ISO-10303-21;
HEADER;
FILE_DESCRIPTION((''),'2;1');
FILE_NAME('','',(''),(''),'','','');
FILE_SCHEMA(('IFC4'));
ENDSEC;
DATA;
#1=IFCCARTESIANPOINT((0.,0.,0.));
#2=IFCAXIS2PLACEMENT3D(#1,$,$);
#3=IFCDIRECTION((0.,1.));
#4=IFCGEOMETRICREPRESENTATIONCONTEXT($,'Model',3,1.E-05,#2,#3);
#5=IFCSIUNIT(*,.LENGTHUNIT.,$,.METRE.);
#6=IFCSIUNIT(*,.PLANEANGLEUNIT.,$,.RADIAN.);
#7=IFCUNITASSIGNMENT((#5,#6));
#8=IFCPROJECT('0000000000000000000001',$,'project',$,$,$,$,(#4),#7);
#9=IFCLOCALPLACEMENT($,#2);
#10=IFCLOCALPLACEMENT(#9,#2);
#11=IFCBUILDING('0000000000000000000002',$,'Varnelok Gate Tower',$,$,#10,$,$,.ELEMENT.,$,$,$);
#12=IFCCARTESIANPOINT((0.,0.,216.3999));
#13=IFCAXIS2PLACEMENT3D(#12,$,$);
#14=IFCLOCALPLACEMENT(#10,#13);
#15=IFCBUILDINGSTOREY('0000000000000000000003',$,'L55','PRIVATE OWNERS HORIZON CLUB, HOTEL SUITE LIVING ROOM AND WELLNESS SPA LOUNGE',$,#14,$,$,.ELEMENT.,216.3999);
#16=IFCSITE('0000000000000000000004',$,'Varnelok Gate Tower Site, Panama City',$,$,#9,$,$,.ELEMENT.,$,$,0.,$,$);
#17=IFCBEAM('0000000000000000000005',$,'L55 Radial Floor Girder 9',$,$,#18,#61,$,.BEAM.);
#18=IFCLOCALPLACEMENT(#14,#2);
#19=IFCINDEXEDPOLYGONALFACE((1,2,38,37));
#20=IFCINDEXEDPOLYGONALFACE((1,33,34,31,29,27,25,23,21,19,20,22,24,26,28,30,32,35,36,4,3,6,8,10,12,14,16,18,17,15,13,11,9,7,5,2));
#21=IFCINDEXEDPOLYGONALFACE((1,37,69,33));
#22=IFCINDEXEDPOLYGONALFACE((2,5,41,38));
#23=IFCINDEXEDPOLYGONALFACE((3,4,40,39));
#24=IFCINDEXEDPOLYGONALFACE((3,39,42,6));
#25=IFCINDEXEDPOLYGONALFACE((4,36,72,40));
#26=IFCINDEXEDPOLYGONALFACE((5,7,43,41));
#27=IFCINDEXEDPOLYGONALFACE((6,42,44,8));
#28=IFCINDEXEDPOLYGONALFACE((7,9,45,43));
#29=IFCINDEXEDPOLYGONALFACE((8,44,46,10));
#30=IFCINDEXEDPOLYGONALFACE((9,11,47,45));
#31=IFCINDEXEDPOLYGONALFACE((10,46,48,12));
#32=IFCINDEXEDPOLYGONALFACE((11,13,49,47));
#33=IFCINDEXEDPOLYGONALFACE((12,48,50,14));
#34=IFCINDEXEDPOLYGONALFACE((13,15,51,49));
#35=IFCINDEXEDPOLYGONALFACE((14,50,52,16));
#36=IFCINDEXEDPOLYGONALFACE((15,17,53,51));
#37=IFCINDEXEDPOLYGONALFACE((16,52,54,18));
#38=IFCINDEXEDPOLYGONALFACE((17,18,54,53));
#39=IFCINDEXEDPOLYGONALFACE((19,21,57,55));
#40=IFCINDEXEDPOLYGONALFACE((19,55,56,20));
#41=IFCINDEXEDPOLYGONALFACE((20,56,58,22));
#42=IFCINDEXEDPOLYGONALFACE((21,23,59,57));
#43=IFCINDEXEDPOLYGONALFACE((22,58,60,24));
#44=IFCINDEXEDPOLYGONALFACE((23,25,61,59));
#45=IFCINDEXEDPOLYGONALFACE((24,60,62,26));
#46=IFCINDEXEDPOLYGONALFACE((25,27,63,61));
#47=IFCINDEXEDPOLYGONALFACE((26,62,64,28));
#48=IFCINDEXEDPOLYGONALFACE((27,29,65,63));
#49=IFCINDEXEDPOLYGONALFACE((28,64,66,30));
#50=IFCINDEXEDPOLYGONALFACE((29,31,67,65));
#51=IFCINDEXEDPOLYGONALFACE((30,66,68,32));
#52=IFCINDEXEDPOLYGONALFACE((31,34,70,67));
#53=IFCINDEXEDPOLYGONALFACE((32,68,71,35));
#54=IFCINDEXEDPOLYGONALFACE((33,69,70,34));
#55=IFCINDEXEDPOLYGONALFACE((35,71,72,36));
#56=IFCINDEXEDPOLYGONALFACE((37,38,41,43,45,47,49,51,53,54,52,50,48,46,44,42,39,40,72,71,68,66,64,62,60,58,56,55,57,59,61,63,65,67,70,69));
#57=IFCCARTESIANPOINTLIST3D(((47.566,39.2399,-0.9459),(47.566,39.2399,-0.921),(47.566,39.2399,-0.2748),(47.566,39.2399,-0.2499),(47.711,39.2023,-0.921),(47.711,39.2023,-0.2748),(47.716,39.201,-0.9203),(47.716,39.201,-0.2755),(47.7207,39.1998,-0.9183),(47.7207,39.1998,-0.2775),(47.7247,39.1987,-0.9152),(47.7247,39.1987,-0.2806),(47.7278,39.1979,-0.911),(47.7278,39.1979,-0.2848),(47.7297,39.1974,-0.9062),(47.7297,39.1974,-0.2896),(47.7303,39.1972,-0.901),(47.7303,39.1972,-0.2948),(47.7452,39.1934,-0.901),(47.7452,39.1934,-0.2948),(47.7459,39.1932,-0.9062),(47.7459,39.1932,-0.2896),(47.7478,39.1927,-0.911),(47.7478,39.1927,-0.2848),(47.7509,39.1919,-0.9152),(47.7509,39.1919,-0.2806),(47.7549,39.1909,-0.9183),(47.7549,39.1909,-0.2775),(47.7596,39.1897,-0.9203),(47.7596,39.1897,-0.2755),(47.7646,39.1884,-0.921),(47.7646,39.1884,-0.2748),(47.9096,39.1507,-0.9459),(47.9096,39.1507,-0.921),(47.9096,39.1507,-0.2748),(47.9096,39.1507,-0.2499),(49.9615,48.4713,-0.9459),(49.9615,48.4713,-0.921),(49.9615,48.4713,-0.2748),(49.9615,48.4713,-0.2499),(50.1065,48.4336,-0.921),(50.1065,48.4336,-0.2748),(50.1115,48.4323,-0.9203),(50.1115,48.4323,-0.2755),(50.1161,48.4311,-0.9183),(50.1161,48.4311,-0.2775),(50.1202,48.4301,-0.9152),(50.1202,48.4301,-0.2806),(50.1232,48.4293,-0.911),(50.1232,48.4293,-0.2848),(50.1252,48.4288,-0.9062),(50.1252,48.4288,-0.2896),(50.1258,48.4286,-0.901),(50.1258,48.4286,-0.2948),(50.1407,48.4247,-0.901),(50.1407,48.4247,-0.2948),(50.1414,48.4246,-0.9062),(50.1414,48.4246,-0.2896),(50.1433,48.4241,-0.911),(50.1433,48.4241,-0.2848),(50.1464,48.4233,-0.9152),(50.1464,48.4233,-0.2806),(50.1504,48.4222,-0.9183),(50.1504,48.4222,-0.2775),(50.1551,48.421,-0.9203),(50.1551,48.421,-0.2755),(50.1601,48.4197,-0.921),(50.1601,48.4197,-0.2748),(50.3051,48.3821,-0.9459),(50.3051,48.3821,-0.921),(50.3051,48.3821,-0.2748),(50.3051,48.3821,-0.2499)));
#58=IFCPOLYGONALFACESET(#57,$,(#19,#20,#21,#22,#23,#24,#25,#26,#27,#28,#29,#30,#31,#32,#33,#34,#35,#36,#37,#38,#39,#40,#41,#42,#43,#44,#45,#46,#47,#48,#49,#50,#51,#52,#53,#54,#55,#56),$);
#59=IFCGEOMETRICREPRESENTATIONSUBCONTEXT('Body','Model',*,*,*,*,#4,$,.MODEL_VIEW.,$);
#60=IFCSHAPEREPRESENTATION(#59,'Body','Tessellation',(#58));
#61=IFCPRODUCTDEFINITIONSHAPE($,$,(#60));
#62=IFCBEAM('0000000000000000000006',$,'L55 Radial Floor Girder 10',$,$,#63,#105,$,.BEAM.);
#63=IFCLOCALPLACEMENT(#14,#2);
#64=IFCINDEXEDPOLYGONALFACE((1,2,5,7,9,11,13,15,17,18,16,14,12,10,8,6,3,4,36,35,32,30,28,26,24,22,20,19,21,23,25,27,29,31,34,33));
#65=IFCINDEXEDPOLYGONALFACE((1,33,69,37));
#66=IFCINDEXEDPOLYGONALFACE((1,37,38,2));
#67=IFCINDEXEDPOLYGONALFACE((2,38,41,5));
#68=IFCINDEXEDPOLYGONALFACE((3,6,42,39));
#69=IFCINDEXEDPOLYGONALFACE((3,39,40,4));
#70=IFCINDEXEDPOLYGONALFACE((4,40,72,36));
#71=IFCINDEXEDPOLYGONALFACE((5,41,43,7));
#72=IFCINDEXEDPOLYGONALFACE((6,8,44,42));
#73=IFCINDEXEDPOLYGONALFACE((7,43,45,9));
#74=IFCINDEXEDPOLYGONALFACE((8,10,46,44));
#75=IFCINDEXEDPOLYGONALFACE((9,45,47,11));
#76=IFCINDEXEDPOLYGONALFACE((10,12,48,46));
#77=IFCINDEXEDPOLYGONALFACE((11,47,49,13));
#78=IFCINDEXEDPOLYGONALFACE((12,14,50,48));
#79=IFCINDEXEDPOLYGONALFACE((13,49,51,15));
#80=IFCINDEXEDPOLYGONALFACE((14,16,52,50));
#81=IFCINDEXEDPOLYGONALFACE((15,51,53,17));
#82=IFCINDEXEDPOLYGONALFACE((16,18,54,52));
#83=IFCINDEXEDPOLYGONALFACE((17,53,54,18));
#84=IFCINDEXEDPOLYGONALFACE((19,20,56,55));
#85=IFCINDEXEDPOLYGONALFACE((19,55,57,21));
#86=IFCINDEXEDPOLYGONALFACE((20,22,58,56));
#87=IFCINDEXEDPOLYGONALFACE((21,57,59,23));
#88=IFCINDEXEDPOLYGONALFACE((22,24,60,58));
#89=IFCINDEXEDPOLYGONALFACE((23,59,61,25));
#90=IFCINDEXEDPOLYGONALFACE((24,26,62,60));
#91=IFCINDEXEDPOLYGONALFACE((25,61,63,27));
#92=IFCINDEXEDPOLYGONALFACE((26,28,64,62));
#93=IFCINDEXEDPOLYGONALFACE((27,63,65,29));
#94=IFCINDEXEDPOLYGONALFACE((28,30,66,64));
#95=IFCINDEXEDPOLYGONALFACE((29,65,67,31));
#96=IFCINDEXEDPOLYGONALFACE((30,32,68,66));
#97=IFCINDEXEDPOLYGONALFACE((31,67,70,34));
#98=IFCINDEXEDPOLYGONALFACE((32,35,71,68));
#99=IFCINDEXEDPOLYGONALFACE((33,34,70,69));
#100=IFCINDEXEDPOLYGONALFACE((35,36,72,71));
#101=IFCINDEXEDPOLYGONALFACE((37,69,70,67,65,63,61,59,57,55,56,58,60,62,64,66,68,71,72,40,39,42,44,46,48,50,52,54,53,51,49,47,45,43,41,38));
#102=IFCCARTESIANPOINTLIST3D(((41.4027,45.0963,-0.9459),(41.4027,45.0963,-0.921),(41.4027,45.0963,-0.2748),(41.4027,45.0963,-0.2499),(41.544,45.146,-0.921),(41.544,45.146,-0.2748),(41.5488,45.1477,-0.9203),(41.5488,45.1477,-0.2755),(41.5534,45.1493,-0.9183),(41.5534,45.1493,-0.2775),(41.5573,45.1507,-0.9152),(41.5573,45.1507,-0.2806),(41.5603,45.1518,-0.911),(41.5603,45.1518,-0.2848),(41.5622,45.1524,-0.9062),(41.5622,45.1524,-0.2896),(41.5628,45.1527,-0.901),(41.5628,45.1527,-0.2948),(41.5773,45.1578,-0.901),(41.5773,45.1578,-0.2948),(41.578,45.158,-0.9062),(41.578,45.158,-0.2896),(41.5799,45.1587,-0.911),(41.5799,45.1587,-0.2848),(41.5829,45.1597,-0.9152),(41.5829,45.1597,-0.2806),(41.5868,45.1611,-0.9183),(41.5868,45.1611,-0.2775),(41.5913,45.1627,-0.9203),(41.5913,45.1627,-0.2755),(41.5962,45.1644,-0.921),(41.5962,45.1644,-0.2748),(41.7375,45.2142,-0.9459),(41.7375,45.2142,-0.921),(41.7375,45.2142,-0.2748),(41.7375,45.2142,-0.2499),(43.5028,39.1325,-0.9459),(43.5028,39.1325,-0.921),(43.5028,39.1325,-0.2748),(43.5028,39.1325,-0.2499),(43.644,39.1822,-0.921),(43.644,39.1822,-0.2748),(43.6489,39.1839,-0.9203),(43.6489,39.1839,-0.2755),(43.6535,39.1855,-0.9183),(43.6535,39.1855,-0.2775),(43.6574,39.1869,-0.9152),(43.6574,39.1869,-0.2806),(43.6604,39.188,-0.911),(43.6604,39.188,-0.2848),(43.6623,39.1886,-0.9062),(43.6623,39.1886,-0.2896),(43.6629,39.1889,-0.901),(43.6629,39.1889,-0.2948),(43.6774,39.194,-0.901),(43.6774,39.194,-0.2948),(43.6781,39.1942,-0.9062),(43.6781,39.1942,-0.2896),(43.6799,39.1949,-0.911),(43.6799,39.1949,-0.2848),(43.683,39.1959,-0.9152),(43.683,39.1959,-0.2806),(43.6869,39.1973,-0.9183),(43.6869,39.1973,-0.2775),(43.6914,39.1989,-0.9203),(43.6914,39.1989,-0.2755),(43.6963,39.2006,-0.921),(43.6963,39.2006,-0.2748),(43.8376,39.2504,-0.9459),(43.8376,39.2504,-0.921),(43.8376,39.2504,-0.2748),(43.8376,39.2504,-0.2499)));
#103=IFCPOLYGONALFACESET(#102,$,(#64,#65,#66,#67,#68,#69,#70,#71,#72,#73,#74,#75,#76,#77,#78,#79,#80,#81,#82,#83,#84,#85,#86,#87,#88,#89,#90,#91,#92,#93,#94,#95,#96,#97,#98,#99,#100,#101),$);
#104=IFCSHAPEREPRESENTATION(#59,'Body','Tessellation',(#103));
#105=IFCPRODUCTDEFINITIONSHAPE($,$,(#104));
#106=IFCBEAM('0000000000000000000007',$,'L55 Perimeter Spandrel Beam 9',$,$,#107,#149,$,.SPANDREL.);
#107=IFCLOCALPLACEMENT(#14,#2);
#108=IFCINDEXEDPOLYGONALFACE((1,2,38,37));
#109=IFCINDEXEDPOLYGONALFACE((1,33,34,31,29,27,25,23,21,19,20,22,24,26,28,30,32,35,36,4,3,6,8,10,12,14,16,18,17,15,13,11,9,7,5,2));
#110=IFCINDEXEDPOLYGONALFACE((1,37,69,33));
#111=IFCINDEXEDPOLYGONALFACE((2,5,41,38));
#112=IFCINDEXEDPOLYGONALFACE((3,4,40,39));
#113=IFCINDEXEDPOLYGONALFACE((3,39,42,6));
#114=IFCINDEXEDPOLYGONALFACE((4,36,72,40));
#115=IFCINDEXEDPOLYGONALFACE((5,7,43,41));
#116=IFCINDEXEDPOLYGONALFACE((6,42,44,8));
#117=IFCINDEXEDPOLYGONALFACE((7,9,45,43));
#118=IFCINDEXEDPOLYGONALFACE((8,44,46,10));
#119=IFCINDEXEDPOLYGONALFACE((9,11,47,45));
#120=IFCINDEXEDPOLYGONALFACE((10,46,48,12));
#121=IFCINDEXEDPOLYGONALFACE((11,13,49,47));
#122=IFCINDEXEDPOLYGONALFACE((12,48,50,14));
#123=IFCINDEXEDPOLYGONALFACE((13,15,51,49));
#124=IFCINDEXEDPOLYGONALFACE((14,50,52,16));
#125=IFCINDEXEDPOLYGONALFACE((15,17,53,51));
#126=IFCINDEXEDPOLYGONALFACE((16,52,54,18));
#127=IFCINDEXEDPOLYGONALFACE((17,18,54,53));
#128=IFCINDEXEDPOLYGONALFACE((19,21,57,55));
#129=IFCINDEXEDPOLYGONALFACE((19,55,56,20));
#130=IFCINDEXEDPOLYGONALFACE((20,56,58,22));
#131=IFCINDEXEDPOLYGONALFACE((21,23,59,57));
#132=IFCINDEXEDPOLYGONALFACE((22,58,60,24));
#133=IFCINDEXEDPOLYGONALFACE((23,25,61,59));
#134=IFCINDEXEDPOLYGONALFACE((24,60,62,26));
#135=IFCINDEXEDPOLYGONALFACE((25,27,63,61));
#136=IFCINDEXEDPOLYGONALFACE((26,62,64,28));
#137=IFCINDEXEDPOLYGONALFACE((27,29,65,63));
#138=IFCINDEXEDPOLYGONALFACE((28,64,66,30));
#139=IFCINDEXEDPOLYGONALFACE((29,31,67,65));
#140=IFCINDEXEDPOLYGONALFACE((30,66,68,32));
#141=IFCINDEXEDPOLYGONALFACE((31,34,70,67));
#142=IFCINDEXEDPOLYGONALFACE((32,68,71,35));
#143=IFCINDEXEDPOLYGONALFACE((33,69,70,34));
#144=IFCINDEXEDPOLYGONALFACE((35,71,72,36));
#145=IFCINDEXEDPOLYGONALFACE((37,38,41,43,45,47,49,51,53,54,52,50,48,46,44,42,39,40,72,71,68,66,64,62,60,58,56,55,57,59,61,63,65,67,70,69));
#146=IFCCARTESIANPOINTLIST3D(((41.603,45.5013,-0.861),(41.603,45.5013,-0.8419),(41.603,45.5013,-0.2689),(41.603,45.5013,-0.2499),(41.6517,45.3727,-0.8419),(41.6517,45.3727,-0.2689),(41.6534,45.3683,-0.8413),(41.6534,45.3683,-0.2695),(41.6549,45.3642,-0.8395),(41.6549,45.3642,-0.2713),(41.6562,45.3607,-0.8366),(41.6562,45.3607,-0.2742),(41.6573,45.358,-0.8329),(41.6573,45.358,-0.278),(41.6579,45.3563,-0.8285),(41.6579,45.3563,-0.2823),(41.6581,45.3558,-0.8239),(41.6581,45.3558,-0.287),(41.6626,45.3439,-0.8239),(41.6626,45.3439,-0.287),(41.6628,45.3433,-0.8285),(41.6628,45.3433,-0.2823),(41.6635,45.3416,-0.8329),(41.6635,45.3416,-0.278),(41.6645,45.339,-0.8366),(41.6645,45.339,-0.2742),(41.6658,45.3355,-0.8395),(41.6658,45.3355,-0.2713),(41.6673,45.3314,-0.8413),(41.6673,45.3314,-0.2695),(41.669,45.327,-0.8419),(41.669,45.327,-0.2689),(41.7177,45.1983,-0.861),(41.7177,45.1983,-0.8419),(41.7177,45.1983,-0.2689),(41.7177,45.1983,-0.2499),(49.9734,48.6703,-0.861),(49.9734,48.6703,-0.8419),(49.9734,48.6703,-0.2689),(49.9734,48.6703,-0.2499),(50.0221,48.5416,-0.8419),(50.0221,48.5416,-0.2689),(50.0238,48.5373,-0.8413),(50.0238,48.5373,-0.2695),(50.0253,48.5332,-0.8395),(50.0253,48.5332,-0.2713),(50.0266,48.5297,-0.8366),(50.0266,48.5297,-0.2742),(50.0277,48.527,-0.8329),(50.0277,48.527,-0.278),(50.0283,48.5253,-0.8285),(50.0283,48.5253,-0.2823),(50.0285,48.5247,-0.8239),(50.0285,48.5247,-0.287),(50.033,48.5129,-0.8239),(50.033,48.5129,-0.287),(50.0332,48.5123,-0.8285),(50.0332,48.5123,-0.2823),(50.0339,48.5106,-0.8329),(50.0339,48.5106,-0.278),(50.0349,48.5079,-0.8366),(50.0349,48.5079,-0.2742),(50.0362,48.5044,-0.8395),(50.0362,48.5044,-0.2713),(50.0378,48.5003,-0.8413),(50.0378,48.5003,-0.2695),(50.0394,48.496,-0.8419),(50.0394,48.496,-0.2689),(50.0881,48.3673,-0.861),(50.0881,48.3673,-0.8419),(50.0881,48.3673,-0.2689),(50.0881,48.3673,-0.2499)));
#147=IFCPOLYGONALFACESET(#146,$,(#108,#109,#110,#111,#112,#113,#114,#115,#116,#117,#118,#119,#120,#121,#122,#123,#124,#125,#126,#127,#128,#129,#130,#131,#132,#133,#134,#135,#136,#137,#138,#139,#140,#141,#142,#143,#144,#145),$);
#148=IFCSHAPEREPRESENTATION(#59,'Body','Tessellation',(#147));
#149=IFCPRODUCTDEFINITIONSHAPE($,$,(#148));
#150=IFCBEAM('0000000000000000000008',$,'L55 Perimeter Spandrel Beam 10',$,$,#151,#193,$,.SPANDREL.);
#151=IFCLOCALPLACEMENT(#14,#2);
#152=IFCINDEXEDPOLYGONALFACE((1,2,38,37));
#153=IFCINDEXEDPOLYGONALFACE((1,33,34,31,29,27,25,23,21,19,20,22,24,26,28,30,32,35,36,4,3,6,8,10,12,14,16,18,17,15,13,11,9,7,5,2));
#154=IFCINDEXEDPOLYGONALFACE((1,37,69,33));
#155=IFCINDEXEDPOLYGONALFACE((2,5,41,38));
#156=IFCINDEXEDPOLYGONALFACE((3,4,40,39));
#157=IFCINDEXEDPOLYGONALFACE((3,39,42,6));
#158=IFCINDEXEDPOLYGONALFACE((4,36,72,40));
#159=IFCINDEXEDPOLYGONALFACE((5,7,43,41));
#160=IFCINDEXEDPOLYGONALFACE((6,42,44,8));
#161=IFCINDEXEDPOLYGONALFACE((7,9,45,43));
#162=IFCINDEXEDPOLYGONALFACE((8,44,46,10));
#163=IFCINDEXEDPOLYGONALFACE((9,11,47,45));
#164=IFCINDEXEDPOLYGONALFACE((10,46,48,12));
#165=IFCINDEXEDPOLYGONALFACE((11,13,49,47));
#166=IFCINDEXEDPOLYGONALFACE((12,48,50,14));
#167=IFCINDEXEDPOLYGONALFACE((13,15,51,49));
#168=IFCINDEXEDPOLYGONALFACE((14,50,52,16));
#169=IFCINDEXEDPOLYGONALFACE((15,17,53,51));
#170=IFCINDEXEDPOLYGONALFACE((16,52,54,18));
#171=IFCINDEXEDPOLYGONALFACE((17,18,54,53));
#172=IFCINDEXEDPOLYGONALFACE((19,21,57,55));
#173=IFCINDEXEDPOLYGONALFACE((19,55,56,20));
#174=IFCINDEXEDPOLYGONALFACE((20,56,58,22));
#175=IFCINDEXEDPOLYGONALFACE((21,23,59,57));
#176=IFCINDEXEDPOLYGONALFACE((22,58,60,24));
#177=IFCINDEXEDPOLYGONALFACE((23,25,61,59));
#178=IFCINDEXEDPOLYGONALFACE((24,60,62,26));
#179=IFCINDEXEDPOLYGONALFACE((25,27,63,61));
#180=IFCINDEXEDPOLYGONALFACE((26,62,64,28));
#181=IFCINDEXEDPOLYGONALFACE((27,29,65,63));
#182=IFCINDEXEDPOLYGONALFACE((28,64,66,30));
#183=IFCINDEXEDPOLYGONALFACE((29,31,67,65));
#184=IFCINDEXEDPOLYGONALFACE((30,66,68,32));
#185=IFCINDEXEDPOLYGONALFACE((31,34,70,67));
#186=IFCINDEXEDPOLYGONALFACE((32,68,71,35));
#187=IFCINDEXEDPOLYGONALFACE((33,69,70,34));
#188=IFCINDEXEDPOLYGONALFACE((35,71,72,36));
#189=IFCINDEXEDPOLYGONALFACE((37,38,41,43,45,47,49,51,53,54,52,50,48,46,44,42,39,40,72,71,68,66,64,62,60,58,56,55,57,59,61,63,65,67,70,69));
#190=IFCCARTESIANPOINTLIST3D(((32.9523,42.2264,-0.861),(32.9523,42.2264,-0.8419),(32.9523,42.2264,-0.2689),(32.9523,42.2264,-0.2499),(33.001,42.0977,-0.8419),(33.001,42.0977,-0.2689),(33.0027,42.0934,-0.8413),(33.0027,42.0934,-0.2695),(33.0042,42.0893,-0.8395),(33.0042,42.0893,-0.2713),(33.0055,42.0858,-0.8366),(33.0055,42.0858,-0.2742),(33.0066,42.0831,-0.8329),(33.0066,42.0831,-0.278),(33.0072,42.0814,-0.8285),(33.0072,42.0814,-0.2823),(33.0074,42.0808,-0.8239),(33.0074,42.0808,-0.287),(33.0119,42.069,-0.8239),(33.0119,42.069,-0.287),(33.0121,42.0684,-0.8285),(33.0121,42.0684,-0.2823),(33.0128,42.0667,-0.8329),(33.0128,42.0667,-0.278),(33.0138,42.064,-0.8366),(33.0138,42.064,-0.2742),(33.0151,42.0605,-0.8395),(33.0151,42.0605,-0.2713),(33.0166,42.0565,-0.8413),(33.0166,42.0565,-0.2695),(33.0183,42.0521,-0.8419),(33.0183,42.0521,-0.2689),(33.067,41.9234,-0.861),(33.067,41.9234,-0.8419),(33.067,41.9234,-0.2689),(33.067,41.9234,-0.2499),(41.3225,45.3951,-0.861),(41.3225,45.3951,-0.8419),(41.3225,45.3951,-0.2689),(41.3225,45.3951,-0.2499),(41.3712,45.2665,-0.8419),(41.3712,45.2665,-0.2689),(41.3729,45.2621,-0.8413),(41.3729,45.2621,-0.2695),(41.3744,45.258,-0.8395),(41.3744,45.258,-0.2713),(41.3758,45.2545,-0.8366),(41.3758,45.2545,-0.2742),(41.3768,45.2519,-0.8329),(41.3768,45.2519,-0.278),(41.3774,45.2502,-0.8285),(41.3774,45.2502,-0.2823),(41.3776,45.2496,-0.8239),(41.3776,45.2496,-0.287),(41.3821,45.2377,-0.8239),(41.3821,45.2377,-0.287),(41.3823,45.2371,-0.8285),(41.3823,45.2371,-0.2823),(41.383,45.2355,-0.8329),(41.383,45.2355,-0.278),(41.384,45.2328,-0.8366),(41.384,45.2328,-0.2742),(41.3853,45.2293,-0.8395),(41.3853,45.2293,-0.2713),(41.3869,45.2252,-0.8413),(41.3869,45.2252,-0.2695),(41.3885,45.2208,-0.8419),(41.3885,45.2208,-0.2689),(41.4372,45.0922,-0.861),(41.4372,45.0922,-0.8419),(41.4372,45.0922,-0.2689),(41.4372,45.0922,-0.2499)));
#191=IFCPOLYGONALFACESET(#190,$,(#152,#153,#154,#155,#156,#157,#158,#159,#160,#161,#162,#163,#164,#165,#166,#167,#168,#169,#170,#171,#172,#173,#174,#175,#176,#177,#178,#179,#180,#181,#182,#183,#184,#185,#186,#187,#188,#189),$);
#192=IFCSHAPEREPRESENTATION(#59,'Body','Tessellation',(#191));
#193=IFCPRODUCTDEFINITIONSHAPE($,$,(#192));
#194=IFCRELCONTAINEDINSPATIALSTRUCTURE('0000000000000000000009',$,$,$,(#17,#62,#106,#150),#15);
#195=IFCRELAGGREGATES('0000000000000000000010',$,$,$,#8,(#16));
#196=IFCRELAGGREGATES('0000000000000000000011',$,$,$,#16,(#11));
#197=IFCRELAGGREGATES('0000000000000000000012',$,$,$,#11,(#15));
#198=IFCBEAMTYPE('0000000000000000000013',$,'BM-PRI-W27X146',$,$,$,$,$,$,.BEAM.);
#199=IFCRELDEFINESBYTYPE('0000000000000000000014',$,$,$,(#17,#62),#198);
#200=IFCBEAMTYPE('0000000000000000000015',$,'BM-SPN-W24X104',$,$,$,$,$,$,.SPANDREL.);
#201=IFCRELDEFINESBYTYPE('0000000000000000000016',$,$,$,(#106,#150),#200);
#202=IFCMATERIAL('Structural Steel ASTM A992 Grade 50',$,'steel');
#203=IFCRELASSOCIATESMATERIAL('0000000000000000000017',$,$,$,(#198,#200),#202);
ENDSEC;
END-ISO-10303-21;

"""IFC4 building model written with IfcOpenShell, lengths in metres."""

from ifc_helpers import new_model, si_unit, direction, frame, origin, origin_2d, place, context, subcontext, project, spatial, i_section, extrude, material, material_profile, profile_set, type_object, element, save


model = new_model("IFC4")

# Units and contexts
model_context = context("Model", 3, precision=1e-05, world=origin(), true_north=direction((0.0, 1.0)))
body_context = subcontext(model_context, "Body", "Model", "MODEL_VIEW")
ifc_project = project(units=[si_unit("LENGTHUNIT", "METRE"), si_unit("PLANEANGLEUNIT", "RADIAN")], contexts=[model_context])

# Site, building, storey
site_placement = place(None, origin())
site = spatial("IfcSite", under=ifc_project, at=site_placement, Name="Varnelok Gate Tower Site, Panama City", CompositionType="ELEMENT", RefElevation=0.0)
building_placement = place(site_placement, origin())
building = spatial("IfcBuilding", under=site, at=building_placement, Name="Varnelok Gate Tower", CompositionType="ELEMENT")
storey_placement = place(building_placement, frame((0.0, 0.0, 216.3999)))
storey = spatial("IfcBuildingStorey", under=building, at=storey_placement, Name="L55", Description="PRIVATE OWNERS HORIZON CLUB, HOTEL SUITE LIVING ROOM AND WELLNESS SPA LOUNGE", CompositionType="ELEMENT", Elevation=216.3999)

# Shared definitions
ifc_material_1 = material(Name="Structural Steel ASTM A992 Grade 50", Category="steel")

# Beams
ifc_material_profile_1 = material_profile(ifc_material_1, i_section(OverallWidth=0.355, OverallDepth=0.696, WebThickness=0.0154, FlangeThickness=0.0249, FilletRadius=0.02, at=origin_2d()), Name="W27X146")
ifc_profile_set_1 = profile_set([ifc_material_profile_1], Name="Structural Steel ASTM A992 Grade 50")
beam_type_1 = type_object("IfcBeamType", Name="BM-PRI-W27X146", PredefinedType="BEAM", material=ifc_profile_set_1)
beam_1_placement = place(storey_placement, frame((47.7378, 39.1953, -0.5979), z_axis=(0.251175, 0.967942, 0.0), x_axis=(-0.967942, 0.251175, 0.0)))
element("IfcBeam", 1, at=beam_1_placement, inside=storey, type_object=beam_type_1, Name="L55 Radial Floor Girder 9", PredefinedType="BEAM", context=body_context, shape_type="SweptSolid", body=[
    extrude(i_section(OverallWidth=0.355, OverallDepth=0.696, WebThickness=0.0154, FlangeThickness=0.0249, FilletRadius=0.02, at=origin_2d()), origin(), (0.0, 0.0, 1.0), 9.5371),
])
beam_2_placement = place(storey_placement, frame((43.6702, 39.1914, -0.5979), z_axis=(-0.332145, 0.943228, 0.0), x_axis=(-0.943228, -0.332145, 0.0)))
element("IfcBeam", 2, at=beam_2_placement, inside=storey, type_object=beam_type_1, Name="L55 Radial Floor Girder 10", PredefinedType="BEAM", context=body_context, shape_type="SweptSolid", body=[
    extrude(i_section(OverallWidth=0.355, OverallDepth=0.696, WebThickness=0.0154, FlangeThickness=0.0249, FilletRadius=0.02, at=origin_2d()), origin(), (0.0, 0.0, 1.0), 6.3228),
])
ifc_material_profile_2 = material_profile(ifc_material_1, i_section(OverallWidth=0.324, OverallDepth=0.6111, WebThickness=0.0127, FlangeThickness=0.019, FilletRadius=0.0181, at=origin_2d()), Name="W24X104")
ifc_profile_set_2 = profile_set([ifc_material_profile_2], Name="Structural Steel ASTM A992 Grade 50")
beam_type_2 = type_object("IfcBeamType", Name="BM-SPN-W24X104", PredefinedType="SPANDREL", material=ifc_profile_set_2)
beam_3_placement = place(storey_placement, frame((50.0308, 48.5188, -0.5554), z_axis=(-0.93522, -0.354066, 0.0), x_axis=(0.354066, -0.93522, 0.0)))
element("IfcBeam", 3, at=beam_3_placement, inside=storey, type_object=beam_type_2, Name="L55 Perimeter Spandrel Beam 9", PredefinedType="SPANDREL", context=body_context, shape_type="SweptSolid", body=[
    extrude(i_section(OverallWidth=0.324, OverallDepth=0.6111, WebThickness=0.0127, FlangeThickness=0.019, FilletRadius=0.0181, at=origin_2d()), origin(), (0.0, 0.0, 1.0), 8.9502),
])
beam_4_placement = place(storey_placement, frame((41.3799, 45.2437, -0.5554), z_axis=(-0.935226, -0.354051, 0.0), x_axis=(0.354051, -0.935226, 0.0)))
element("IfcBeam", 4, at=beam_4_placement, inside=storey, type_object=beam_type_2, Name="L55 Perimeter Spandrel Beam 10", PredefinedType="SPANDREL", context=body_context, shape_type="SweptSolid", body=[
    extrude(i_section(OverallWidth=0.324, OverallDepth=0.6111, WebThickness=0.0127, FlangeThickness=0.019, FilletRadius=0.0181, at=origin_2d()), origin(), (0.0, 0.0, 1.0), 8.95),
])

save(model, "model.ifc")
